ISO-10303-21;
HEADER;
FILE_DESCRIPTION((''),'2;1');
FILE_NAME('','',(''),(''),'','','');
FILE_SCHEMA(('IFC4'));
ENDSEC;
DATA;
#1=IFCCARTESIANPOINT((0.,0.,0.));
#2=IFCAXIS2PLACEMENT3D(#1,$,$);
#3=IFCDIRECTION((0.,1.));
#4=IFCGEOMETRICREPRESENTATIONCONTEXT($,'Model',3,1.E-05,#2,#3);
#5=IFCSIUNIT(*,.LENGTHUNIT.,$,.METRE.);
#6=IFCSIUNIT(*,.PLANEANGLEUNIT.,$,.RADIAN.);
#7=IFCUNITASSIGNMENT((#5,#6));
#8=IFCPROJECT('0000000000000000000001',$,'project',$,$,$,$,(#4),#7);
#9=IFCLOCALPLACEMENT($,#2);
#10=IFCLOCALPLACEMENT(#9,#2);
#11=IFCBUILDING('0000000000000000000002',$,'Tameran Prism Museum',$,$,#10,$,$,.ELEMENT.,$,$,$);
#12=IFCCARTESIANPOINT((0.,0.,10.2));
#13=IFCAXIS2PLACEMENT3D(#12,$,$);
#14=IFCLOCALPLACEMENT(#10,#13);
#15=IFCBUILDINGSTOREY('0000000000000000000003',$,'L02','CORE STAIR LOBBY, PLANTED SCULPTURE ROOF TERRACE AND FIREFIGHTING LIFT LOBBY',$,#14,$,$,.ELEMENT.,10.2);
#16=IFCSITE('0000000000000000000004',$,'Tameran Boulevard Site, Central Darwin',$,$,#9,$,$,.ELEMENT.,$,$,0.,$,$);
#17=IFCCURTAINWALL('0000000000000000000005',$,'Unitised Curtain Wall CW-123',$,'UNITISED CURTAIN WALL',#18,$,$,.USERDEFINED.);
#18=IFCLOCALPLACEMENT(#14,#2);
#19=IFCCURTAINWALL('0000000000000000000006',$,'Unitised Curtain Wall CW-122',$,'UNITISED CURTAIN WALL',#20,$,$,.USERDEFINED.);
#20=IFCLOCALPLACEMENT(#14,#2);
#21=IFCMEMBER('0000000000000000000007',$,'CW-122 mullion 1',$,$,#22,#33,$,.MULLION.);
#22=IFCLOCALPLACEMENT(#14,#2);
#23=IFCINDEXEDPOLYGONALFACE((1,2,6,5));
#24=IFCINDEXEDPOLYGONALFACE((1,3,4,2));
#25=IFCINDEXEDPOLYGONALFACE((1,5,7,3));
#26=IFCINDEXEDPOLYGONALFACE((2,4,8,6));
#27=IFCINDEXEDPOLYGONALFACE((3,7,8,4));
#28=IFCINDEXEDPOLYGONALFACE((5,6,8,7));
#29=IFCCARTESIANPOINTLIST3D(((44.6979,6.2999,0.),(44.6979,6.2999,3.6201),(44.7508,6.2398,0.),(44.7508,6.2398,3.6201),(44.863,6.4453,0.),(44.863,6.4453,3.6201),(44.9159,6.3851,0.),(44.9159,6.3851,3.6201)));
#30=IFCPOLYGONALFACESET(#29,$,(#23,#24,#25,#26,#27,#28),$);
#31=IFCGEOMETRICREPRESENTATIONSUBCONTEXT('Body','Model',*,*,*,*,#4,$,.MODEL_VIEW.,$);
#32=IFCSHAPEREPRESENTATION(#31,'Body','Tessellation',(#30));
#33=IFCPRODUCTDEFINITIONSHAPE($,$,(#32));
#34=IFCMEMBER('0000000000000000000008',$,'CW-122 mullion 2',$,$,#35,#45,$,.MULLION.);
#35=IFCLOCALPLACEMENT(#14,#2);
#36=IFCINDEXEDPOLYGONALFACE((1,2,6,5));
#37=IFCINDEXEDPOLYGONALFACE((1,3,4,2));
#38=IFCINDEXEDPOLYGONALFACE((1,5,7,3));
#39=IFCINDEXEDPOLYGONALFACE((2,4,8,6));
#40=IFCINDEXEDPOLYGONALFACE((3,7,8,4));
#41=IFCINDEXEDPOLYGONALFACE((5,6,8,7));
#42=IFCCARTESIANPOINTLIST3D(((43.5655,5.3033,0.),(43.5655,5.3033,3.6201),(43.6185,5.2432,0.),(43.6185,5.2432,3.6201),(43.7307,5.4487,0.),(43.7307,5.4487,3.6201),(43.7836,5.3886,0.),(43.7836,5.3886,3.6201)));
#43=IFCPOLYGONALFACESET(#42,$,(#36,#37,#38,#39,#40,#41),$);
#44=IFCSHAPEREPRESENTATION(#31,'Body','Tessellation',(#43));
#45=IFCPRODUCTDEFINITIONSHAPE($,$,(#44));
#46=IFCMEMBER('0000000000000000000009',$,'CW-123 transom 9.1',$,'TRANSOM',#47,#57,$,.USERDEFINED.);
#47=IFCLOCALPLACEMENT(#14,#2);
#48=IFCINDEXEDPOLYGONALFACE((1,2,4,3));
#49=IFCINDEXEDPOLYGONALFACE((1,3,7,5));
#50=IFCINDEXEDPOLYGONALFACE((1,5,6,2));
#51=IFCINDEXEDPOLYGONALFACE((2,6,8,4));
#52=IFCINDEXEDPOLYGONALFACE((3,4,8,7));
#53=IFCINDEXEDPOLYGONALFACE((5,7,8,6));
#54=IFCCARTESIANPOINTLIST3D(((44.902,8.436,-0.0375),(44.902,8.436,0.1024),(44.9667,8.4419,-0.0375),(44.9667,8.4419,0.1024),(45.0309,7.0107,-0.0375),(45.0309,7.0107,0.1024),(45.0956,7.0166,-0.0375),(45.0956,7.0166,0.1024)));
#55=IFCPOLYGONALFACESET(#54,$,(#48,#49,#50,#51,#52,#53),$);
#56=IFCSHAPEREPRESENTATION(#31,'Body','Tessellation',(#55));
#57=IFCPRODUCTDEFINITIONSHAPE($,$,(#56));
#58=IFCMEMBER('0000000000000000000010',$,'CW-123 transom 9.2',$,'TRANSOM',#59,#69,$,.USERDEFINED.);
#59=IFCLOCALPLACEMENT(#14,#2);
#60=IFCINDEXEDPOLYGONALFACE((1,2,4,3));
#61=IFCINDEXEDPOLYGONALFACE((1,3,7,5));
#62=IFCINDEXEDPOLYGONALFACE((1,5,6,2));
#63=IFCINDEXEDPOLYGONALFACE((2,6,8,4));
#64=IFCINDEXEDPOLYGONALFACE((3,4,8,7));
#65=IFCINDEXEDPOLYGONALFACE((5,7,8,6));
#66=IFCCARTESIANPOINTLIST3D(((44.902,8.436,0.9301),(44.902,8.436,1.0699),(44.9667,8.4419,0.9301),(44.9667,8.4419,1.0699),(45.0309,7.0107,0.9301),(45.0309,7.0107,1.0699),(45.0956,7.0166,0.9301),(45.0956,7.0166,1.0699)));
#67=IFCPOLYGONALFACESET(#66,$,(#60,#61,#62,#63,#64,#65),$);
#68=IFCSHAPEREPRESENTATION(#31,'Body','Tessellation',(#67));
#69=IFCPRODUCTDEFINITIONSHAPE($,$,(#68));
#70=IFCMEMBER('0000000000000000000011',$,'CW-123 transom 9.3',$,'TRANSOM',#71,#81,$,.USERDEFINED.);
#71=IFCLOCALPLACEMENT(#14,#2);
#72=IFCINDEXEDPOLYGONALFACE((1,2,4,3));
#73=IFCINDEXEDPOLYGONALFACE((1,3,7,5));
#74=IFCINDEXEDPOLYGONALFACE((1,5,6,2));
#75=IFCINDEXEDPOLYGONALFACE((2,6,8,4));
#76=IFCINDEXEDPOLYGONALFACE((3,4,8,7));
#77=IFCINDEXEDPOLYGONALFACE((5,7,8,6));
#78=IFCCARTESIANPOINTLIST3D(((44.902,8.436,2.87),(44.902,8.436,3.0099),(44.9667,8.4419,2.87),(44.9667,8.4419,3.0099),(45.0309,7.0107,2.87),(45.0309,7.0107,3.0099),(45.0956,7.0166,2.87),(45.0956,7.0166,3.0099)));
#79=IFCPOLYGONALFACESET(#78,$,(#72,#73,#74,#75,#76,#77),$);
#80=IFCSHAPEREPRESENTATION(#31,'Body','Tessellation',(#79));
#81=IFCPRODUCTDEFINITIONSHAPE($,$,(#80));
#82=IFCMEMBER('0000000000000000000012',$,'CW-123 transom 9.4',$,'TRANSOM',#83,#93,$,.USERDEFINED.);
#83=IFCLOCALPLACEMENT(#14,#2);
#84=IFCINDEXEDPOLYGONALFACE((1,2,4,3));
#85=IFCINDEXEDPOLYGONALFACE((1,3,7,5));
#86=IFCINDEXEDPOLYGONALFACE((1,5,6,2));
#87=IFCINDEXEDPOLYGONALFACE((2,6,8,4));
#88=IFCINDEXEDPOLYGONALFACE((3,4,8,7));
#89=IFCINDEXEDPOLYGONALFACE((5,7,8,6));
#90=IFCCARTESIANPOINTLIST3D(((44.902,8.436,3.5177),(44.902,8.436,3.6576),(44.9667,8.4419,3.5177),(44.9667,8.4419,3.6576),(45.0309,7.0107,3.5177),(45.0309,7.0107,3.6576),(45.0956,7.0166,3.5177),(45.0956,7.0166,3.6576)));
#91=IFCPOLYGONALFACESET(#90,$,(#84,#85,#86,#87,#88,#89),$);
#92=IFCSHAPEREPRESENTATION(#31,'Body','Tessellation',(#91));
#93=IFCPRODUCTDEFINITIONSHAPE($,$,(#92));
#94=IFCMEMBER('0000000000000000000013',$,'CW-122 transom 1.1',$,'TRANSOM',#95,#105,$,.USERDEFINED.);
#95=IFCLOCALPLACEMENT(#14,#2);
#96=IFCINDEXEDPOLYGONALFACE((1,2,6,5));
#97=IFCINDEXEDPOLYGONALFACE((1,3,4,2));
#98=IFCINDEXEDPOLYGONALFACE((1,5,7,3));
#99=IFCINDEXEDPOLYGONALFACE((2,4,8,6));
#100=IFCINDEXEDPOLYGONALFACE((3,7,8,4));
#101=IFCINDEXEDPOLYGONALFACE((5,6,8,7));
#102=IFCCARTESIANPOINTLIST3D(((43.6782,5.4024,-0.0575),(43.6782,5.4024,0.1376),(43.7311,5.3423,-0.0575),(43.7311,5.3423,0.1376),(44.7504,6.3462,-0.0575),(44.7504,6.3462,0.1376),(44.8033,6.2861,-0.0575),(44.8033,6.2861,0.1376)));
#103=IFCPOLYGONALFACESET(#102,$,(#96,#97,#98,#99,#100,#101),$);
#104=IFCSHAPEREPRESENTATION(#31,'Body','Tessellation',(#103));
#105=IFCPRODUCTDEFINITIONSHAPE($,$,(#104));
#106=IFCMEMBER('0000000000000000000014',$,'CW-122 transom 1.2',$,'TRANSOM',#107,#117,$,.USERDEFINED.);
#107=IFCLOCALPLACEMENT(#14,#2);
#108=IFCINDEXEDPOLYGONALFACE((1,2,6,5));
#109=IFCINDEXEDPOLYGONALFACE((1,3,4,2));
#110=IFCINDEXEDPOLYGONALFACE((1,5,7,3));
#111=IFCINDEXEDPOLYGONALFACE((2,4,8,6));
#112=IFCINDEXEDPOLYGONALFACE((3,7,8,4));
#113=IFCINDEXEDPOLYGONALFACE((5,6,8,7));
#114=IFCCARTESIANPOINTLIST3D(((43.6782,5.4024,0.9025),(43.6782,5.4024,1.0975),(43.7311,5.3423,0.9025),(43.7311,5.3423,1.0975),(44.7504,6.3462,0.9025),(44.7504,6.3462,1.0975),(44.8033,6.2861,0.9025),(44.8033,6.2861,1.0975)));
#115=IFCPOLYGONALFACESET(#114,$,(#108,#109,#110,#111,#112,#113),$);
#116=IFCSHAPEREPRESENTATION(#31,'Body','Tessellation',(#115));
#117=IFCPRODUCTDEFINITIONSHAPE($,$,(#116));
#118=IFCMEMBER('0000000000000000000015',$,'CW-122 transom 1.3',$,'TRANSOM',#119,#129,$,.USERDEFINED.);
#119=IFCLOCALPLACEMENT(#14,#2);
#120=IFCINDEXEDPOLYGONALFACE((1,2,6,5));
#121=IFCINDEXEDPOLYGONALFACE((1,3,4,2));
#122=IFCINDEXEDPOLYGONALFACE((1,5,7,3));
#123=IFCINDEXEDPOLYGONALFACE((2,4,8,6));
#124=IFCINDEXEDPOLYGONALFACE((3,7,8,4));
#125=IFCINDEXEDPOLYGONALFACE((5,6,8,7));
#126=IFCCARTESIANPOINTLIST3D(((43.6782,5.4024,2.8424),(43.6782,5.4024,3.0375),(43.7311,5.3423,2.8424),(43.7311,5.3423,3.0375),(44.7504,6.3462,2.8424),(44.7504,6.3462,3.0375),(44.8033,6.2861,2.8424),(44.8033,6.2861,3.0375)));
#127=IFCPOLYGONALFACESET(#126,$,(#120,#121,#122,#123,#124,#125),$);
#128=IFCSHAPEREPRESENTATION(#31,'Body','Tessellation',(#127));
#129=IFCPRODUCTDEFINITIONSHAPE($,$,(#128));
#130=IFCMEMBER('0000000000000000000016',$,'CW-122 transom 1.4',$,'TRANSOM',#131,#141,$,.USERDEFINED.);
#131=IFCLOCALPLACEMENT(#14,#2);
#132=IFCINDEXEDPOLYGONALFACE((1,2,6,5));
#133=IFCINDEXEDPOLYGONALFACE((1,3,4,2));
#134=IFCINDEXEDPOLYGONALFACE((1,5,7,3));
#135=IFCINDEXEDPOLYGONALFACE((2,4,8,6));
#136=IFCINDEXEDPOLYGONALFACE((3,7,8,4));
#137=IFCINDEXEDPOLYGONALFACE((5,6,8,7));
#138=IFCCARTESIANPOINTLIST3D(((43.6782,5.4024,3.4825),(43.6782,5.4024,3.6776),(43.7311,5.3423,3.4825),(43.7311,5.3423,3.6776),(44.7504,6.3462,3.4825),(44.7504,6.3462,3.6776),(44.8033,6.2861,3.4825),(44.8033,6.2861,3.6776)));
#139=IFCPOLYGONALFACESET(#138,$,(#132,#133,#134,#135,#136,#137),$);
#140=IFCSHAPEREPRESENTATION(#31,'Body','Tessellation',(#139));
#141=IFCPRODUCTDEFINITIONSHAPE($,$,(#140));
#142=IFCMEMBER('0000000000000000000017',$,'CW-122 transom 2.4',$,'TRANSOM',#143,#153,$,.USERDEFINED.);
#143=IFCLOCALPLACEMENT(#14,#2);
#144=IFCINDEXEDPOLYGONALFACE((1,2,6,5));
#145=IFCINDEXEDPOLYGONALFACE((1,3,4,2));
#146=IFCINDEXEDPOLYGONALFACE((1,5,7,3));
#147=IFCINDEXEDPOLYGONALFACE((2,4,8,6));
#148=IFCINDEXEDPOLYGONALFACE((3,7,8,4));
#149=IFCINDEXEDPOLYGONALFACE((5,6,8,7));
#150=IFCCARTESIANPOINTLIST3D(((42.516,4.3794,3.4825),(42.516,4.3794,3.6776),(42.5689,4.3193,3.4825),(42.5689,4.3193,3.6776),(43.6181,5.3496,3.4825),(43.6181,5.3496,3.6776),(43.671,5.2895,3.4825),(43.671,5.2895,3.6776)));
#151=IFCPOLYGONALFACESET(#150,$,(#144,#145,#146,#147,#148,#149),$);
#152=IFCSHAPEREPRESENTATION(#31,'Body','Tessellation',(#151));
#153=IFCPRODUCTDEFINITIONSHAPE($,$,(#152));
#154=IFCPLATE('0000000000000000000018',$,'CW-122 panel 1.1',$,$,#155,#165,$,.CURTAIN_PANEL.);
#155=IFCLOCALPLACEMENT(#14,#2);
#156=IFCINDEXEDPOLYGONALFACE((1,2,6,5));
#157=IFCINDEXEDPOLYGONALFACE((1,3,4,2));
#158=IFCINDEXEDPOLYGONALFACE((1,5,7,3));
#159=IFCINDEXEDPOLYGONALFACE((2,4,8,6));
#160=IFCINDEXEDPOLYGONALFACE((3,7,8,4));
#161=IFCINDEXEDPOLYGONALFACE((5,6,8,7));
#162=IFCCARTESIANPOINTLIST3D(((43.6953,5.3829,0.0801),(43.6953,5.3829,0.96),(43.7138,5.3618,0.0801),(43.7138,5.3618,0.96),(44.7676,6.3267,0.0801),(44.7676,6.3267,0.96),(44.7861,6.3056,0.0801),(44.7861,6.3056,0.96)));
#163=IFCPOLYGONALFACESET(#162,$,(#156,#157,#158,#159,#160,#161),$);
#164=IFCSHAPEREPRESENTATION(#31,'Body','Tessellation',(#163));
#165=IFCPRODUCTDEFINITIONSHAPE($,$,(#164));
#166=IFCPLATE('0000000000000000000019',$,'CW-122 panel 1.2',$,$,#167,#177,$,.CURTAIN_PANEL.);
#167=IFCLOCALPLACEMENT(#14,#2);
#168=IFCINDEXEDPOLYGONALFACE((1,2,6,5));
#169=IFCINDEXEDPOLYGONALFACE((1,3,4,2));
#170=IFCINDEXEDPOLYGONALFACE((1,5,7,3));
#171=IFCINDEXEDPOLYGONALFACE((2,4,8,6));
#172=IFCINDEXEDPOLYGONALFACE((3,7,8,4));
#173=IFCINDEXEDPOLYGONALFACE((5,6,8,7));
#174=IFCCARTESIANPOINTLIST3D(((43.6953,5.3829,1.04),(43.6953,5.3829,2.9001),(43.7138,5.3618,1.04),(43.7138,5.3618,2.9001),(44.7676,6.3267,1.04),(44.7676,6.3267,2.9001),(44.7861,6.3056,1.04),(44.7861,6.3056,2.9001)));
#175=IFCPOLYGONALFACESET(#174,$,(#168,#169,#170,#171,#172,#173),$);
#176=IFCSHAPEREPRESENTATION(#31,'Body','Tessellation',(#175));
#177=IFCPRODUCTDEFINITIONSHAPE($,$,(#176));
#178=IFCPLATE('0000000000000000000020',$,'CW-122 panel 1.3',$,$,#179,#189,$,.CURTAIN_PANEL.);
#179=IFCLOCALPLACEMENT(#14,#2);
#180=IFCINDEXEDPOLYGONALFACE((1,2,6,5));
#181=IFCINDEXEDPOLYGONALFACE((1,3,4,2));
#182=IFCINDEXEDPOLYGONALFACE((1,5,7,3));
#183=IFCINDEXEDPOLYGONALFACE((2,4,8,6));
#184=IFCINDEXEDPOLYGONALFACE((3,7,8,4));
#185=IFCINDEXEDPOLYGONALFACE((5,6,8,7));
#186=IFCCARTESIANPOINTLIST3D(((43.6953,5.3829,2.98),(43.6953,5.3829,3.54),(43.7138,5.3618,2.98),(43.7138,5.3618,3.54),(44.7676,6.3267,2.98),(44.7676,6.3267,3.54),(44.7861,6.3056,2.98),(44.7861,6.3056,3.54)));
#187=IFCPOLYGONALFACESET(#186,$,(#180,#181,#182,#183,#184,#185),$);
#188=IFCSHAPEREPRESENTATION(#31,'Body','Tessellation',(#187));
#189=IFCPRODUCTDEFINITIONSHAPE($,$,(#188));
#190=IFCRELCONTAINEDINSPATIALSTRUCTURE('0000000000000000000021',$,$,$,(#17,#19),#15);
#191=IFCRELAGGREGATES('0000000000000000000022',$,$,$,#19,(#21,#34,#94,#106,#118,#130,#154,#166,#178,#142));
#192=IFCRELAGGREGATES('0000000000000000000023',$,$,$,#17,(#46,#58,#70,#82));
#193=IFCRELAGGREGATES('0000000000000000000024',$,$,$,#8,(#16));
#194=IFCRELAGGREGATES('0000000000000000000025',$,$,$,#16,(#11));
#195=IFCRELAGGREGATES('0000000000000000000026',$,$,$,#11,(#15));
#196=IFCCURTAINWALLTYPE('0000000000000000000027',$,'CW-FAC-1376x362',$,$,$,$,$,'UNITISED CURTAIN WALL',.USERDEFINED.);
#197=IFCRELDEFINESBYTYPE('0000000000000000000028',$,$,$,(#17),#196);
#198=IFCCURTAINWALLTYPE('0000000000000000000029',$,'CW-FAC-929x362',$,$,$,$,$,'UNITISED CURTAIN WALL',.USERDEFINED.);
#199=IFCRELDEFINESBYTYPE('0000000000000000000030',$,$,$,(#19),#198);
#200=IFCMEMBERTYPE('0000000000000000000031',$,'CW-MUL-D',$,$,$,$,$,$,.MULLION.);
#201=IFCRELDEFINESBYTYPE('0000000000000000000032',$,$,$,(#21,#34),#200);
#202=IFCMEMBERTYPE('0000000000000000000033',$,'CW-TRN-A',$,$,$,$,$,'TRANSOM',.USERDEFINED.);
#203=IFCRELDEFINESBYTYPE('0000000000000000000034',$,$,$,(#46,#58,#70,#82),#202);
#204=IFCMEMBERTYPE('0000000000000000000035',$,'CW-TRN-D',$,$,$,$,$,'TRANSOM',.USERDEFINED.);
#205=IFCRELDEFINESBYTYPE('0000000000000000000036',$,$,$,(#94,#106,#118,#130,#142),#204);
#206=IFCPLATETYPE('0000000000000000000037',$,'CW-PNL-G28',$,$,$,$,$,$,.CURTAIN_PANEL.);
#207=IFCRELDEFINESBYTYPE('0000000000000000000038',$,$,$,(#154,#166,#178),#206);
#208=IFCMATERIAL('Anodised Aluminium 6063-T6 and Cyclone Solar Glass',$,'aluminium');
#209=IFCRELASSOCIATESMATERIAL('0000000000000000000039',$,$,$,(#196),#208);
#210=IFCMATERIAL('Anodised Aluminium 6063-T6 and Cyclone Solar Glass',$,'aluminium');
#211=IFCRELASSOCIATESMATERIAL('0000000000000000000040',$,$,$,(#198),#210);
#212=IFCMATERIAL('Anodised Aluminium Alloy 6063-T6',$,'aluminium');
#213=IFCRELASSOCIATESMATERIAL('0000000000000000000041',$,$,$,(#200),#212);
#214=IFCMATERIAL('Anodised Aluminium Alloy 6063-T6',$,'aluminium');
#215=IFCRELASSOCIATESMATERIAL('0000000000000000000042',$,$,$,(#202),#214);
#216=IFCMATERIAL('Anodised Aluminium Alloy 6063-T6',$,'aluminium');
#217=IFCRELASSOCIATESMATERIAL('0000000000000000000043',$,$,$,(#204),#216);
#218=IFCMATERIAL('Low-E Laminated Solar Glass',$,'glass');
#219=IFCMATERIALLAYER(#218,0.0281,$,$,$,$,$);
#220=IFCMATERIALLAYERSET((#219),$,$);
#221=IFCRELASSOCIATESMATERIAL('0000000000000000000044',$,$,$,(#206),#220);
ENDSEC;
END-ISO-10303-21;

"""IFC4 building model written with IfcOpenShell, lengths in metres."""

from ifc_helpers import new_model, si_unit, direction, frame, origin, origin_2d, place, context, subcontext, project, spatial, rectangle, extrude, material, layer, layer_set, material_profile, profile_set, type_object, element, aggregate, save


model = new_model("IFC4")

# Units and contexts
model_context = context("Model", 3, precision=1e-05, world=origin(), true_north=direction((0.0, 1.0)))
body_context = subcontext(model_context, "Body", "Model", "MODEL_VIEW")
ifc_project = project(units=[si_unit("LENGTHUNIT", "METRE"), si_unit("PLANEANGLEUNIT", "RADIAN")], contexts=[model_context])

# Site, building, storey
site_placement = place(None, origin())
site = spatial("IfcSite", under=ifc_project, at=site_placement, Name="Tameran Boulevard Site, Central Darwin", CompositionType="ELEMENT", RefElevation=0.0)
building_placement = place(site_placement, origin())
building = spatial("IfcBuilding", under=site, at=building_placement, Name="Tameran Prism Museum", CompositionType="ELEMENT")
storey_placement = place(building_placement, frame((0.0, 0.0, 10.2)))
storey = spatial("IfcBuildingStorey", under=building, at=storey_placement, Name="L02", Description="CORE STAIR LOBBY, PLANTED SCULPTURE ROOF TERRACE AND FIREFIGHTING LIFT LOBBY", CompositionType="ELEMENT", Elevation=10.2)

# Curtain walls, members
ifc_material_1 = material(Name="Anodised Aluminium 6063-T6 and Cyclone Solar Glass", Category="aluminium")
curtain_wall_type_1 = type_object("IfcCurtainWallType", Name="CW-FAC-1376x362", ElementType="UNITISED CURTAIN WALL", PredefinedType="USERDEFINED", material=ifc_material_1)
curtain_wall_1_placement = place(storey_placement, origin())
curtain_wall_1 = element("IfcCurtainWall", 1, at=curtain_wall_1_placement, inside=storey, type_object=curtain_wall_type_1, Name="Unitised Curtain Wall CW-123", ObjectType="UNITISED CURTAIN WALL", PredefinedType="USERDEFINED")
ifc_material_2 = material(Name="Anodised Aluminium 6063-T6 and Cyclone Solar Glass", Category="aluminium")
curtain_wall_type_2 = type_object("IfcCurtainWallType", Name="CW-FAC-929x362", ElementType="UNITISED CURTAIN WALL", PredefinedType="USERDEFINED", material=ifc_material_2)
curtain_wall_2_placement = place(storey_placement, origin())
curtain_wall_2 = element("IfcCurtainWall", 2, at=curtain_wall_2_placement, inside=storey, type_object=curtain_wall_type_2, Name="Unitised Curtain Wall CW-122", ObjectType="UNITISED CURTAIN WALL", PredefinedType="USERDEFINED")
ifc_material_3 = material(Name="Anodised Aluminium Alloy 6063-T6", Category="aluminium")
ifc_material_profile_1 = material_profile(ifc_material_3, rectangle(XDim=0.0801, YDim=0.22, at=origin_2d()))
ifc_profile_set_1 = profile_set([ifc_material_profile_1])
member_type_1 = type_object("IfcMemberType", Name="CW-MUL-D", PredefinedType="MULLION", material=ifc_profile_set_1)
member_1_placement = place(storey_placement, frame((44.8069, 6.3425, 0.0), z_axis=(0.0, 0.0, 1.0), x_axis=(0.660681, -0.750667, 0.0)))
member_1 = element("IfcMember", 3, at=member_1_placement, type_object=member_type_1, Name="CW-122 mullion 1", PredefinedType="MULLION", context=body_context, shape_type="SweptSolid", body=[
    extrude(rectangle(XDim=0.0801, YDim=0.22, at=origin_2d()), origin(), (0.0, 0.0, 1.0), 3.6201),
])
member_2_placement = place(storey_placement, frame((43.6746, 5.3459, 0.0), z_axis=(0.0, 0.0, 1.0), x_axis=(0.660681, -0.750667, 0.0)))
member_2 = element("IfcMember", 4, at=member_2_placement, type_object=member_type_1, Name="CW-122 mullion 2", PredefinedType="MULLION", context=body_context, shape_type="SweptSolid", body=[
    extrude(rectangle(XDim=0.0801, YDim=0.22, at=origin_2d()), origin(), (0.0, 0.0, 1.0), 3.6201),
])

# Members
ifc_material_4 = material(Name="Anodised Aluminium Alloy 6063-T6", Category="aluminium")
ifc_material_profile_2 = material_profile(ifc_material_4, rectangle(XDim=0.0649, YDim=0.1399, at=origin_2d()))
ifc_profile_set_2 = profile_set([ifc_material_profile_2])
member_type_2 = type_object("IfcMemberType", Name="CW-TRN-A", ElementType="TRANSOM", PredefinedType="USERDEFINED", material=ifc_profile_set_2)
member_3_placement = place(storey_placement, frame((44.9343, 8.439, 0.0325), z_axis=(0.090074, -0.995935, 0.0), x_axis=(0.995935, 0.090074, 0.0)))
member_3 = element("IfcMember", 5, at=member_3_placement, type_object=member_type_2, Name="CW-123 transom 9.1", ObjectType="TRANSOM", PredefinedType="USERDEFINED", context=body_context, shape_type="SweptSolid", body=[
    extrude(rectangle(XDim=0.0649, YDim=0.1399, at=origin_2d()), origin(), (0.0, 0.0, 1.0), 1.4312),
])
member_4_placement = place(storey_placement, frame((44.9343, 8.439, 1.0), z_axis=(0.090074, -0.995935, 0.0), x_axis=(0.995935, 0.090074, 0.0)))
member_4 = element("IfcMember", 6, at=member_4_placement, type_object=member_type_2, Name="CW-123 transom 9.2", ObjectType="TRANSOM", PredefinedType="USERDEFINED", context=body_context, shape_type="SweptSolid", body=[
    extrude(rectangle(XDim=0.0649, YDim=0.1399, at=origin_2d()), origin(), (0.0, 0.0, 1.0), 1.4312),
])
member_5_placement = place(storey_placement, frame((44.9343, 8.439, 2.9399), z_axis=(0.090074, -0.995935, 0.0), x_axis=(0.995935, 0.090074, 0.0)))
member_5 = element("IfcMember", 7, at=member_5_placement, type_object=member_type_2, Name="CW-123 transom 9.3", ObjectType="TRANSOM", PredefinedType="USERDEFINED", context=body_context, shape_type="SweptSolid", body=[
    extrude(rectangle(XDim=0.0649, YDim=0.1399, at=origin_2d()), origin(), (0.0, 0.0, 1.0), 1.4312),
])
member_6_placement = place(storey_placement, frame((44.9343, 8.439, 3.5876), z_axis=(0.090074, -0.995935, 0.0), x_axis=(0.995935, 0.090074, 0.0)))
member_6 = element("IfcMember", 8, at=member_6_placement, type_object=member_type_2, Name="CW-123 transom 9.4", ObjectType="TRANSOM", PredefinedType="USERDEFINED", context=body_context, shape_type="SweptSolid", body=[
    extrude(rectangle(XDim=0.0649, YDim=0.1399, at=origin_2d()), origin(), (0.0, 0.0, 1.0), 1.4312),
])
ifc_material_5 = material(Name="Anodised Aluminium Alloy 6063-T6", Category="aluminium")
ifc_material_profile_3 = material_profile(ifc_material_5, rectangle(XDim=0.0801, YDim=0.1951, at=origin_2d()))
ifc_profile_set_3 = profile_set([ifc_material_profile_3])
member_type_3 = type_object("IfcMemberType", Name="CW-TRN-D", ElementType="TRANSOM", PredefinedType="USERDEFINED", material=ifc_profile_set_3)
member_7_placement = place(storey_placement, frame((44.7769, 6.3162, 0.04), z_axis=(-0.750625, -0.660728, 0.0), x_axis=(0.660728, -0.750625, 0.0)))
member_7 = element("IfcMember", 9, at=member_7_placement, type_object=member_type_3, Name="CW-122 transom 1.1", ObjectType="TRANSOM", PredefinedType="USERDEFINED", context=body_context, shape_type="SweptSolid", body=[
    extrude(rectangle(XDim=0.0801, YDim=0.1951, at=origin_2d()), origin(), (0.0, 0.0, 1.0), 1.4285),
])
member_8_placement = place(storey_placement, frame((44.7769, 6.3162, 1.0), z_axis=(-0.750625, -0.660728, 0.0), x_axis=(0.660728, -0.750625, 0.0)))
member_8 = element("IfcMember", 10, at=member_8_placement, type_object=member_type_3, Name="CW-122 transom 1.2", ObjectType="TRANSOM", PredefinedType="USERDEFINED", context=body_context, shape_type="SweptSolid", body=[
    extrude(rectangle(XDim=0.0801, YDim=0.1951, at=origin_2d()), origin(), (0.0, 0.0, 1.0), 1.4285),
])
member_9_placement = place(storey_placement, frame((44.7769, 6.3162, 2.9399), z_axis=(-0.750625, -0.660728, 0.0), x_axis=(0.660728, -0.750625, 0.0)))
member_9 = element("IfcMember", 11, at=member_9_placement, type_object=member_type_3, Name="CW-122 transom 1.3", ObjectType="TRANSOM", PredefinedType="USERDEFINED", context=body_context, shape_type="SweptSolid", body=[
    extrude(rectangle(XDim=0.0801, YDim=0.1951, at=origin_2d()), origin(), (0.0, 0.0, 1.0), 1.4285),
])
member_10_placement = place(storey_placement, frame((44.7769, 6.3162, 3.5801), z_axis=(-0.750625, -0.660728, 0.0), x_axis=(0.660728, -0.750625, 0.0)))
member_10 = element("IfcMember", 12, at=member_10_placement, type_object=member_type_3, Name="CW-122 transom 1.4", ObjectType="TRANSOM", PredefinedType="USERDEFINED", context=body_context, shape_type="SweptSolid", body=[
    extrude(rectangle(XDim=0.0801, YDim=0.1951, at=origin_2d()), origin(), (0.0, 0.0, 1.0), 1.4285),
])
member_11_placement = place(storey_placement, frame((43.6445, 5.3196, 3.5801), z_axis=(-0.750575, -0.660785, 0.0), x_axis=(0.660785, -0.750575, 0.0)))
member_11 = element("IfcMember", 13, at=member_11_placement, type_object=member_type_3, Name="CW-122 transom 2.4", ObjectType="TRANSOM", PredefinedType="USERDEFINED", context=body_context, shape_type="SweptSolid", body=[
    extrude(rectangle(XDim=0.0801, YDim=0.1951, at=origin_2d()), origin(), (0.0, 0.0, 1.0), 1.4683),
])

# Plates
ifc_material_6 = material(Name="Low-E Laminated Solar Glass", Category="glass")
ifc_layer_1 = layer(ifc_material_6, 0.0281)
ifc_layer_set_1 = layer_set([ifc_layer_1])
plate_type_1 = type_object("IfcPlateType", Name="CW-PNL-G28", PredefinedType="CURTAIN_PANEL", material=ifc_layer_set_1)
plate_1_placement = place(storey_placement, frame((44.2407, 5.8442, 0.0801), z_axis=(0.0, 0.0, 1.0), x_axis=(-0.750667, -0.660681, 0.0)))
plate_1 = element("IfcPlate", 14, at=plate_1_placement, type_object=plate_type_1, Name="CW-122 panel 1.1", PredefinedType="CURTAIN_PANEL", context=body_context, shape_type="SweptSolid", body=[
    extrude(rectangle(XDim=1.4285, YDim=0.0281, at=origin_2d()), origin(), (0.0, 0.0, 1.0), 0.8799),
])
plate_2_placement = place(storey_placement, frame((44.2407, 5.8442, 1.04), z_axis=(0.0, 0.0, 1.0), x_axis=(-0.750667, -0.660681, 0.0)))
plate_2 = element("IfcPlate", 15, at=plate_2_placement, type_object=plate_type_1, Name="CW-122 panel 1.2", PredefinedType="CURTAIN_PANEL", context=body_context, shape_type="SweptSolid", body=[
    extrude(rectangle(XDim=1.4285, YDim=0.0281, at=origin_2d()), origin(), (0.0, 0.0, 1.0), 1.8601),
])
plate_3_placement = place(storey_placement, frame((44.2407, 5.8442, 2.98), z_axis=(0.0, 0.0, 1.0), x_axis=(-0.750667, -0.660681, 0.0)))
plate_3 = element("IfcPlate", 16, at=plate_3_placement, type_object=plate_type_1, Name="CW-122 panel 1.3", PredefinedType="CURTAIN_PANEL", context=body_context, shape_type="SweptSolid", body=[
    extrude(rectangle(XDim=1.4285, YDim=0.0281, at=origin_2d()), origin(), (0.0, 0.0, 1.0), 0.5601),
])
aggregate(curtain_wall_2, [member_1, member_2, member_7, member_8, member_9, member_10, plate_1, plate_2, plate_3, member_11])
aggregate(curtain_wall_1, [member_3, member_4, member_5, member_6])

save(model, "model.ifc")
